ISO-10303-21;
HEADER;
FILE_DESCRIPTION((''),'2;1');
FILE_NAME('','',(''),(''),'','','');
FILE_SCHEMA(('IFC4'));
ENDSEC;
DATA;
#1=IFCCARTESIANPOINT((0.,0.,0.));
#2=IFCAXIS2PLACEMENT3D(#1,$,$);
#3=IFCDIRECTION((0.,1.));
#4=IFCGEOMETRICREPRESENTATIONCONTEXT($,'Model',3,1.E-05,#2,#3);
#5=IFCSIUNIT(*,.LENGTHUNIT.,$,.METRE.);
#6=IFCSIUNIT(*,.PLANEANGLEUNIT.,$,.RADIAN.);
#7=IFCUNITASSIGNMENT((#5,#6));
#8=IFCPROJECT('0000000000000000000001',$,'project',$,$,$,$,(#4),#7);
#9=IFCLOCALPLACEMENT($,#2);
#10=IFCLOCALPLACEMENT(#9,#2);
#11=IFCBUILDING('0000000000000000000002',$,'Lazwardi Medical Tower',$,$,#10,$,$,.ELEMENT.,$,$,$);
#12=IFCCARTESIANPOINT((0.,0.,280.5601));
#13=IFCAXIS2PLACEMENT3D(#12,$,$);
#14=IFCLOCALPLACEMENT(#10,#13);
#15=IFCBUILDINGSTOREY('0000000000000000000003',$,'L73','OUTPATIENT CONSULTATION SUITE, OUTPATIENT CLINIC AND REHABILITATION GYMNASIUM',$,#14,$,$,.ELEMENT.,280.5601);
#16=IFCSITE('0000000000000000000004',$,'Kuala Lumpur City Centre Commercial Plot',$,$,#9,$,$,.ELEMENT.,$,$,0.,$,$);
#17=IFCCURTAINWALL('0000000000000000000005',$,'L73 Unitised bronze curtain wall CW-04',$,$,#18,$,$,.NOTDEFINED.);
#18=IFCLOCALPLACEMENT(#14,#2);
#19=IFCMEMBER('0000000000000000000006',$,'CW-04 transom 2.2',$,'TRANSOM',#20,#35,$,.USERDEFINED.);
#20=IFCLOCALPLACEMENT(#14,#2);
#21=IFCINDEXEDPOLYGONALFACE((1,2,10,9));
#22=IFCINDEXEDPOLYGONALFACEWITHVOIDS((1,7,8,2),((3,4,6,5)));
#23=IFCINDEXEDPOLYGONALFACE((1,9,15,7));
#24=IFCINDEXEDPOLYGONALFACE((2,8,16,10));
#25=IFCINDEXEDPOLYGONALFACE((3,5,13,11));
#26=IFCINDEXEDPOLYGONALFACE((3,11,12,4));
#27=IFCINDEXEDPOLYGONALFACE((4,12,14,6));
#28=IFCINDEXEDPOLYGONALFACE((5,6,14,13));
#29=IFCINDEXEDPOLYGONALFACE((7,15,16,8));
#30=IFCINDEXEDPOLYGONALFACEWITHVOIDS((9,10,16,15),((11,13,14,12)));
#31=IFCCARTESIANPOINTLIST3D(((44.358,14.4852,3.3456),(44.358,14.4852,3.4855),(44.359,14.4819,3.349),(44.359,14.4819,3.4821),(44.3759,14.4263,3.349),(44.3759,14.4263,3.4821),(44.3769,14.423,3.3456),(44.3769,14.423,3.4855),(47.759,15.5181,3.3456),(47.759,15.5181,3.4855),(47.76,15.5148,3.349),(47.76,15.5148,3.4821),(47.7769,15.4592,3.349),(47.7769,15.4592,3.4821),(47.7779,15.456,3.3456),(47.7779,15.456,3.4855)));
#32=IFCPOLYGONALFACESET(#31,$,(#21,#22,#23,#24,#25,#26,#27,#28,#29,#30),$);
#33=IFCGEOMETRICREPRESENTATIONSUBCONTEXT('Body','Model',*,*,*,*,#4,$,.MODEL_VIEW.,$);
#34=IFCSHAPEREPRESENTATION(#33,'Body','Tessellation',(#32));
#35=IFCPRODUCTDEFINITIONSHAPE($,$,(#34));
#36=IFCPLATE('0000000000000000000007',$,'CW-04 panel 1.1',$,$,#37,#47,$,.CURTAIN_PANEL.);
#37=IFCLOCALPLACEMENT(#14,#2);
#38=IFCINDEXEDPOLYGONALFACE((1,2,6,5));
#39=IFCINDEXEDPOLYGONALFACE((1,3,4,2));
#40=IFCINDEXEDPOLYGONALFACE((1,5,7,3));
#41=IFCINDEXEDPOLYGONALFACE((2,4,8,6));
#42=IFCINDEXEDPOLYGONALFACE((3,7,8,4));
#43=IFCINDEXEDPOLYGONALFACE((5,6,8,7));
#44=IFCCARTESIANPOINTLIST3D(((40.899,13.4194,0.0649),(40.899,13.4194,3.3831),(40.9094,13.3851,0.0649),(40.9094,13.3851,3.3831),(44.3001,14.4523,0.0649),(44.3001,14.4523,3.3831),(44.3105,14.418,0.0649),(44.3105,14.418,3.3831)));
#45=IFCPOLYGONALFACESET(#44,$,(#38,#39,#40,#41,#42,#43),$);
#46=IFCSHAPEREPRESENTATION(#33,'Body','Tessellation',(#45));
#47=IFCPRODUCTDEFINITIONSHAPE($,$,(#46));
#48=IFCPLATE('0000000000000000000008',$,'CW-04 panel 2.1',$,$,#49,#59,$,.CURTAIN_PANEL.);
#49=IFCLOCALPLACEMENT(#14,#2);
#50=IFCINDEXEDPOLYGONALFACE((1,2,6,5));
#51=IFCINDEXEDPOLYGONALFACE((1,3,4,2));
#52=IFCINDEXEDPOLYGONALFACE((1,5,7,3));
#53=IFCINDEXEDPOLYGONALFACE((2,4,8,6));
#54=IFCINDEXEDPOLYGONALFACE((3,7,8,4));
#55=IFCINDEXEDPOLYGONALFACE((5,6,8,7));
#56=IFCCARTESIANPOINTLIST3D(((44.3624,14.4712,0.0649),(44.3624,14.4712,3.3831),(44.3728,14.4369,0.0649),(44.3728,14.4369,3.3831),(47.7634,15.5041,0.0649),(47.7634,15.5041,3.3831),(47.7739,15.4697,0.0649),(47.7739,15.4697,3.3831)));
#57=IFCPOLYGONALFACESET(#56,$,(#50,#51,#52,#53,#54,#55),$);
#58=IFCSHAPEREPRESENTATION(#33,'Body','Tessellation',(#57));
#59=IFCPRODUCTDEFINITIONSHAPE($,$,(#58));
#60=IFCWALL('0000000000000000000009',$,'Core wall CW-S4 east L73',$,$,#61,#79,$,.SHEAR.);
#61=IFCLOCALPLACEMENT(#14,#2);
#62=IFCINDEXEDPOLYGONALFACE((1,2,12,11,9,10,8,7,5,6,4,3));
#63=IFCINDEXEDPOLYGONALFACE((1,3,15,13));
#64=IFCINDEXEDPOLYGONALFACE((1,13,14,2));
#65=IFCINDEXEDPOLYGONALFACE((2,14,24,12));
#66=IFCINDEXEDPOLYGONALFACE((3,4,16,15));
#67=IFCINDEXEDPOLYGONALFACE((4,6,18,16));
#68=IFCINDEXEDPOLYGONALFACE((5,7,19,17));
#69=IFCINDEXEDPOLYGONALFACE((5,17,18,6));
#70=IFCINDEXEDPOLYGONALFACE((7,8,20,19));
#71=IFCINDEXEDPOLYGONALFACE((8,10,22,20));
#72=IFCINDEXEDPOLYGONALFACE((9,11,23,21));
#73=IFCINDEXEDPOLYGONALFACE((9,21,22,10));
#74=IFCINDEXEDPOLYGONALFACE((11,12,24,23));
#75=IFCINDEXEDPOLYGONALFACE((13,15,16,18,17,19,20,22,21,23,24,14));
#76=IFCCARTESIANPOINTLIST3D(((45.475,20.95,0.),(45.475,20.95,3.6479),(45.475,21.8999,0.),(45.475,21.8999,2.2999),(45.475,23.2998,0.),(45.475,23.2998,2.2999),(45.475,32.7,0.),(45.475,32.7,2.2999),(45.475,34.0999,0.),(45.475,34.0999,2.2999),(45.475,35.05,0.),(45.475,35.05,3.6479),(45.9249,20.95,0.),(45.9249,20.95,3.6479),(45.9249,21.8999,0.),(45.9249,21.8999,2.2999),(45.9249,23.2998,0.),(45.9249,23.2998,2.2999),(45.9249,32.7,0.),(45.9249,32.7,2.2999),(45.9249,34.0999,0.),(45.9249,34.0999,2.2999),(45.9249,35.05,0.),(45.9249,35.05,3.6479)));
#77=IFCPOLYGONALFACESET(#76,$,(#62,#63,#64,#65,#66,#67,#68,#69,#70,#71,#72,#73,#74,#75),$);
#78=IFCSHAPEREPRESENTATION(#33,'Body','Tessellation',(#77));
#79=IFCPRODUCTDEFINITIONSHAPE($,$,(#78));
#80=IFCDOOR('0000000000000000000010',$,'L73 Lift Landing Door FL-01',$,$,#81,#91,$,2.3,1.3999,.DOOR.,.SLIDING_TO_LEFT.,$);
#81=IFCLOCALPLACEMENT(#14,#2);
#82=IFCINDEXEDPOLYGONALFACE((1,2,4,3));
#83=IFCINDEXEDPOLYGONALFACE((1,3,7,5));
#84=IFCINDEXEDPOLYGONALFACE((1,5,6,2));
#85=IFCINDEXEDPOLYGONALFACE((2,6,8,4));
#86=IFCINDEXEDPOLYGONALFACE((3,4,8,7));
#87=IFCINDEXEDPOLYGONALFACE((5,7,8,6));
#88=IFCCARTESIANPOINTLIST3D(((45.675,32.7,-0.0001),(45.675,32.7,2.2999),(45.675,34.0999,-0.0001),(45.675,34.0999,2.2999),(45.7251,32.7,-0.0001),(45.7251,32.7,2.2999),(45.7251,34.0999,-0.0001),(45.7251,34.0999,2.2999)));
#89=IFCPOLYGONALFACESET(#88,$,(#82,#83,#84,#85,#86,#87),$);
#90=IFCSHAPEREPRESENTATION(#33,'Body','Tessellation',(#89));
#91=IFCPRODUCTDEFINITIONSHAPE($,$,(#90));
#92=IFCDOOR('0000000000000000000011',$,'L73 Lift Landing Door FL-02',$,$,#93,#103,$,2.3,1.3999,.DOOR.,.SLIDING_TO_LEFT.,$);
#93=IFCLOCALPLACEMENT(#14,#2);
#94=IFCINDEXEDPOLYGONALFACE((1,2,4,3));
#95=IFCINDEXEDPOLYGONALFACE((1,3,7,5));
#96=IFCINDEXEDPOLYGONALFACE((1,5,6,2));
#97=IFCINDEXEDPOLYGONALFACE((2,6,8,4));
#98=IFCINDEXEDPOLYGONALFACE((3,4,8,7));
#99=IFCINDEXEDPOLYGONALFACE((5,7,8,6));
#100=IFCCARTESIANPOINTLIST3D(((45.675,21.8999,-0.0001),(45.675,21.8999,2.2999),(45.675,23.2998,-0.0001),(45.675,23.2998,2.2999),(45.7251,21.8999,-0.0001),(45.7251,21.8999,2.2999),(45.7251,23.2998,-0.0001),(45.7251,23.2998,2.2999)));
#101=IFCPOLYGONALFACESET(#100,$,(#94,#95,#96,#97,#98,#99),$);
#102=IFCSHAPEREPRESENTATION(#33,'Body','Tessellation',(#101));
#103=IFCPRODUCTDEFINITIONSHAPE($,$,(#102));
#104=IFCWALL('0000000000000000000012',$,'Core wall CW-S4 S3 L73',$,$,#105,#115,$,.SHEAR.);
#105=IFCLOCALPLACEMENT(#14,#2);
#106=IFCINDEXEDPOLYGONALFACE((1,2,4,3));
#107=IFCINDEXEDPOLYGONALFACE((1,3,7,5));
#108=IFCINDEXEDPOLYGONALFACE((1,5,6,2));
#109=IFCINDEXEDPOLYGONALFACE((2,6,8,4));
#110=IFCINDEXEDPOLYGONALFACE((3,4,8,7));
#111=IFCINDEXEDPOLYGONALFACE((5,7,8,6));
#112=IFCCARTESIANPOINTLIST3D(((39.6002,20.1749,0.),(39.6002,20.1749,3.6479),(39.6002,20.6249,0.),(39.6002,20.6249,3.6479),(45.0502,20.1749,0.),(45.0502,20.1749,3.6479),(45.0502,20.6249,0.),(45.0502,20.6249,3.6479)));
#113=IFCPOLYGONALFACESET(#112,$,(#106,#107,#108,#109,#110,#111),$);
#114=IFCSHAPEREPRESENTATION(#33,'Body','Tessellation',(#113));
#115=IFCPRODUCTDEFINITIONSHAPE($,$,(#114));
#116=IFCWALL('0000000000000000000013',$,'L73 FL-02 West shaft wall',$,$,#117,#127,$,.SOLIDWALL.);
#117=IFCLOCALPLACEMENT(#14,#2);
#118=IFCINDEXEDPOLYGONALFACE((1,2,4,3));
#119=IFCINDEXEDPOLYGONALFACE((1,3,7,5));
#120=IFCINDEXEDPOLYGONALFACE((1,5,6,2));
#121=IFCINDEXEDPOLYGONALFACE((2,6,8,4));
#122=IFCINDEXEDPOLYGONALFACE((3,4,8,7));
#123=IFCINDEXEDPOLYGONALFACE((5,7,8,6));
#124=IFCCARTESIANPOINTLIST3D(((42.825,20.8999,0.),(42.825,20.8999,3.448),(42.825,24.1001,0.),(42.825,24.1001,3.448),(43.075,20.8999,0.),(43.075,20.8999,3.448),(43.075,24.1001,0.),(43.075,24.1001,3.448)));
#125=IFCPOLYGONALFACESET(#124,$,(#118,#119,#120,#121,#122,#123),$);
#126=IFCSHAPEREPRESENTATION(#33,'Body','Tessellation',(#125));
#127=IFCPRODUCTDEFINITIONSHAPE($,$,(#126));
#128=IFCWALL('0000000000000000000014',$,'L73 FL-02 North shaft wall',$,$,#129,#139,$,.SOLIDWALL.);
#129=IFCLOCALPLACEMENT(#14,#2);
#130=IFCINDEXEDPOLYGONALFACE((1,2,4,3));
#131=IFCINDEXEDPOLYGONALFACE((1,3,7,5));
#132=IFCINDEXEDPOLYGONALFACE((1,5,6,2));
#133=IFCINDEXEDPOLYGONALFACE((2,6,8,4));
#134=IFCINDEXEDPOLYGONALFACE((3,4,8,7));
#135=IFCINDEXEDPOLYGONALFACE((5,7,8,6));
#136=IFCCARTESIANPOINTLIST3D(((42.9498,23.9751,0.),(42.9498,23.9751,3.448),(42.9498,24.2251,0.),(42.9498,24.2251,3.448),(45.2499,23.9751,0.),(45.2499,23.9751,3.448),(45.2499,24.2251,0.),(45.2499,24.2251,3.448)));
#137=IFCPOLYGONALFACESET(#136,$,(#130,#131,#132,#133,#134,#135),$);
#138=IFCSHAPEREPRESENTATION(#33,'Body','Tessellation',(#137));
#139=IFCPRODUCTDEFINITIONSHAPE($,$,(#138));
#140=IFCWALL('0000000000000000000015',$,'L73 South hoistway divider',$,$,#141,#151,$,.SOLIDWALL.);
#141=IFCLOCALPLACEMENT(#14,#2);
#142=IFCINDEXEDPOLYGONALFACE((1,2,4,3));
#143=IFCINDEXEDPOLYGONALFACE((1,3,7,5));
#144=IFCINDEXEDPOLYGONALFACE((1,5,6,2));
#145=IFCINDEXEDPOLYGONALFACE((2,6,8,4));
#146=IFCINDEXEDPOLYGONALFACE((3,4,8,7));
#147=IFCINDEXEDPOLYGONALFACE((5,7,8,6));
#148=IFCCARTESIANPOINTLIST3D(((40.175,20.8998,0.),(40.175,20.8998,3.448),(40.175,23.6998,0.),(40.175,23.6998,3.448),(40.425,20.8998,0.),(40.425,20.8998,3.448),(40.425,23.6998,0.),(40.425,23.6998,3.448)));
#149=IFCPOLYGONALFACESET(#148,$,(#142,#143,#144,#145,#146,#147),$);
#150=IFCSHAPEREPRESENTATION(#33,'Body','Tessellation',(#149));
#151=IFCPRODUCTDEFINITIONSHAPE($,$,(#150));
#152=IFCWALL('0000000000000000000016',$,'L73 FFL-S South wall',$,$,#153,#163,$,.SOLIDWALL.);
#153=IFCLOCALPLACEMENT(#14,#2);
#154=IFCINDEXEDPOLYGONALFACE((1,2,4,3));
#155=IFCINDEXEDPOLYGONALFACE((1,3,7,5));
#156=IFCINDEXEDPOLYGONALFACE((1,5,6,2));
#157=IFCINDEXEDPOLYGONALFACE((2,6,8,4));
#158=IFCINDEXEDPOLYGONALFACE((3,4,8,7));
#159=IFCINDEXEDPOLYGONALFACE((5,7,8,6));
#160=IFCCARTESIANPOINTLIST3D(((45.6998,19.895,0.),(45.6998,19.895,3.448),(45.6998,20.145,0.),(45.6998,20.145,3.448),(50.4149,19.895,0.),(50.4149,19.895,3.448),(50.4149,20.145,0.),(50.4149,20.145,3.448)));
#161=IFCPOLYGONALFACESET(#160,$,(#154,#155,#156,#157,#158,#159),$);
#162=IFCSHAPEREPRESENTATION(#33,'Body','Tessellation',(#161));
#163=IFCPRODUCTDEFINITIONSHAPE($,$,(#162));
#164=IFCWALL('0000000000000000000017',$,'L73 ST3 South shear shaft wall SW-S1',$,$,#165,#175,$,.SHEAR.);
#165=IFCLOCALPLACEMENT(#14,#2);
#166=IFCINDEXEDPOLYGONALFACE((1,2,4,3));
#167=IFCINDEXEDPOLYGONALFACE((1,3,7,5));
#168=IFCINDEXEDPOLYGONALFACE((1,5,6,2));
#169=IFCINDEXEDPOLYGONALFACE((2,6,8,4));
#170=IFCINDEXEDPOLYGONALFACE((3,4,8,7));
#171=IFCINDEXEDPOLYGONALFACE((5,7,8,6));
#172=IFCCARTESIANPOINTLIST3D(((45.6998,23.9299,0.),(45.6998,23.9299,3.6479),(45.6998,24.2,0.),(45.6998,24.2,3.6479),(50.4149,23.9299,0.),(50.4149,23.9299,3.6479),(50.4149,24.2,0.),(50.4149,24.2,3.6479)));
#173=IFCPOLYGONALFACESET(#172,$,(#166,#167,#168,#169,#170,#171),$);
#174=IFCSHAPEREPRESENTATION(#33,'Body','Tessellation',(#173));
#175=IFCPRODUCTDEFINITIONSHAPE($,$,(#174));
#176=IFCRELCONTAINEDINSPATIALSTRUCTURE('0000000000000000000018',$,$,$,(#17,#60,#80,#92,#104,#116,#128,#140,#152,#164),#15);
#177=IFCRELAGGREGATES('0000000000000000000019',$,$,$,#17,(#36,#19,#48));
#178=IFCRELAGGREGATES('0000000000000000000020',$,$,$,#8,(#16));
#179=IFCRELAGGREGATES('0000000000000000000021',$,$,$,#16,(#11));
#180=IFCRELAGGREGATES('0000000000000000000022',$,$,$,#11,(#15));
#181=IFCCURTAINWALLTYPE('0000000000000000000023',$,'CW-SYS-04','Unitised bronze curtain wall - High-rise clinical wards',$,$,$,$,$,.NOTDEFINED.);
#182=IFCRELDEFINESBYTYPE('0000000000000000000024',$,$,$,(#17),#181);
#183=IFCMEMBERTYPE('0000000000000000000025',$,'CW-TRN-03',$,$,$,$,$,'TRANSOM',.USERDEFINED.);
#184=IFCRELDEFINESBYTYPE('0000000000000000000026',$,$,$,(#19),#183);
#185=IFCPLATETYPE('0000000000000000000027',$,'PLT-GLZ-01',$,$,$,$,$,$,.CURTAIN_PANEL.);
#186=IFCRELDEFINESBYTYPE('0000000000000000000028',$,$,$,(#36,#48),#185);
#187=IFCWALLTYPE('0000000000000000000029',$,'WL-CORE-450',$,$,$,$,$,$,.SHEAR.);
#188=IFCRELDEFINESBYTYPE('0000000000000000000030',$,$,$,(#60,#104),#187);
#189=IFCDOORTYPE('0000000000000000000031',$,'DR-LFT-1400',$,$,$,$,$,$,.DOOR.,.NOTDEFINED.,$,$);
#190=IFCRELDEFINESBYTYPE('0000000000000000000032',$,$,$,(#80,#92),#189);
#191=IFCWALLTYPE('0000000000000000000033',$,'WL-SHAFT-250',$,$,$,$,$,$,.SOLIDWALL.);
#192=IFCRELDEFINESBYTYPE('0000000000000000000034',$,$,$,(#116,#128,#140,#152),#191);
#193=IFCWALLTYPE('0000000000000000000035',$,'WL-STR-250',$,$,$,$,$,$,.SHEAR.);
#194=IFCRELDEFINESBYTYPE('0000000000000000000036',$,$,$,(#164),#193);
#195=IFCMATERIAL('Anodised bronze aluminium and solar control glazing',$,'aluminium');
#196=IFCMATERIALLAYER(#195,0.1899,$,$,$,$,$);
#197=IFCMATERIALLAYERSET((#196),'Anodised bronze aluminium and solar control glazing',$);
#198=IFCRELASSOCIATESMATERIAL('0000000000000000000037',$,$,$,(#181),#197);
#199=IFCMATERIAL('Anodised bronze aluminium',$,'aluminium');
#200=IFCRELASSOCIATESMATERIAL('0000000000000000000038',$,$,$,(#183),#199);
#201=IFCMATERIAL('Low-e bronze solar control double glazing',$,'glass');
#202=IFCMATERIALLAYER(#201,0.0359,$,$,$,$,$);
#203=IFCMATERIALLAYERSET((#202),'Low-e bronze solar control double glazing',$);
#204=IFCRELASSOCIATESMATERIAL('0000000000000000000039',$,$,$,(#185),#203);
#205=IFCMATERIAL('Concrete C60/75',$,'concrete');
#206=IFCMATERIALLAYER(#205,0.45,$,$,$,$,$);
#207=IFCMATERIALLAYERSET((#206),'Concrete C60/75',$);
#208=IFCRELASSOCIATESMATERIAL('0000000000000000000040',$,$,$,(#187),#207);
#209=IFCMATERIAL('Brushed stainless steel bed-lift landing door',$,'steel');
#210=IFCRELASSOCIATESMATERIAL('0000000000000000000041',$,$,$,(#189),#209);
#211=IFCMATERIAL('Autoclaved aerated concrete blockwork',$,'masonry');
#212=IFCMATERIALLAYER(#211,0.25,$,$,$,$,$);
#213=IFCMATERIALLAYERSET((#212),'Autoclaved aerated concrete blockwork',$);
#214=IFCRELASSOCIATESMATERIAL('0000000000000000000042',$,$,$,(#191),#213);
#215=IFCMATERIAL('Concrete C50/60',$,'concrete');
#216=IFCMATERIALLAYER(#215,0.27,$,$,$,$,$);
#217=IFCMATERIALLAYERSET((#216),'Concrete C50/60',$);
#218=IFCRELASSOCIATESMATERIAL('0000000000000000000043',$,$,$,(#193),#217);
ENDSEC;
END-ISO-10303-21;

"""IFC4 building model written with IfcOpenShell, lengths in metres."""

from ifc_helpers import new_model, si_unit, direction, frame, frame_2d, origin, origin_2d, place, context, subcontext, project, spatial, rectangle, hollow_rectangle, extrude, material, layer, layer_set, material_profile, profile_set, type_object, element, fill, aggregate, save


model = new_model("IFC4")

# Units and contexts
model_context = context("Model", 3, precision=1e-05, world=origin(), true_north=direction((0.0, 1.0)))
body_context = subcontext(model_context, "Body", "Model", "MODEL_VIEW")
ifc_project = project(units=[si_unit("LENGTHUNIT", "METRE"), si_unit("PLANEANGLEUNIT", "RADIAN")], contexts=[model_context])

# Site, building, storey
site_placement = place(None, origin())
site = spatial("IfcSite", under=ifc_project, at=site_placement, Name="Kuala Lumpur City Centre Commercial Plot", CompositionType="ELEMENT", RefElevation=0.0)
building_placement = place(site_placement, origin())
building = spatial("IfcBuilding", under=site, at=building_placement, Name="Lazwardi Medical Tower", CompositionType="ELEMENT")
storey_placement = place(building_placement, frame((0.0, 0.0, 280.5601)))
storey = spatial("IfcBuildingStorey", under=building, at=storey_placement, Name="L73", Description="OUTPATIENT CONSULTATION SUITE, OUTPATIENT CLINIC AND REHABILITATION GYMNASIUM", CompositionType="ELEMENT", Elevation=280.5601)

# Shared definitions
ifc_material_1 = material(Name="Concrete C60/75", Category="concrete")

# Curtain wall, member, plates
ifc_material_2 = material(Name="Anodised bronze aluminium and solar control glazing", Category="aluminium")
ifc_layer_1 = layer(ifc_material_2, 0.1899)
ifc_layer_set_1 = layer_set([ifc_layer_1], Name="Anodised bronze aluminium and solar control glazing")
curtain_wall_type = type_object("IfcCurtainWallType", Name="CW-SYS-04", Description="Unitised bronze curtain wall - High-rise clinical wards", PredefinedType="NOTDEFINED", material=ifc_layer_set_1)
curtain_wall_placement = place(storey_placement, origin())
curtain_wall = element("IfcCurtainWall", 1, at=curtain_wall_placement, inside=storey, type_object=curtain_wall_type, Name="L73 Unitised bronze curtain wall CW-04", PredefinedType="NOTDEFINED")
ifc_material_3 = material(Name="Anodised bronze aluminium", Category="aluminium")
ifc_material_profile_1 = material_profile(ifc_material_3, hollow_rectangle(XDim=0.0649, YDim=0.1399, WallThickness=0.0034, at=origin_2d()), Name="ALU-TRANSOM 140x65x3.5")
ifc_profile_set_1 = profile_set([ifc_material_profile_1], Name="Anodised bronze aluminium")
member_type_1 = type_object("IfcMemberType", Name="CW-TRN-03", ElementType="TRANSOM", PredefinedType="USERDEFINED", material=ifc_profile_set_1)
member_1_placement = place(storey_placement, frame((44.3674, 14.4541, 3.4155), z_axis=(0.956843, 0.290604, 0.0), x_axis=(-0.290604, 0.956843, 0.0)))
member_1 = element("IfcMember", 2, at=member_1_placement, type_object=member_type_1, Name="CW-04 transom 2.2", ObjectType="TRANSOM", PredefinedType="USERDEFINED", context=body_context, shape_type="SweptSolid", body=[
    extrude(hollow_rectangle(XDim=0.0649, YDim=0.1399, WallThickness=0.0034, at=origin_2d()), origin(), (0.0, 0.0, 1.0), 3.5544),
])
ifc_material_4 = material(Name="Low-e bronze solar control double glazing", Category="glass")
ifc_layer_2 = layer(ifc_material_4, 0.0359)
ifc_layer_set_2 = layer_set([ifc_layer_2], Name="Low-e bronze solar control double glazing")
plate_type = type_object("IfcPlateType", Name="PLT-GLZ-01", PredefinedType="CURTAIN_PANEL", material=ifc_layer_set_2)
plate_1_placement = place(storey_placement, frame((42.6047, 13.9187, 0.0649), z_axis=(0.0, 0.0, 1.0), x_axis=(0.95685, 0.290582, 0.0)))
plate_1 = element("IfcPlate", 3, at=plate_1_placement, type_object=plate_type, Name="CW-04 panel 1.1", PredefinedType="CURTAIN_PANEL", context=body_context, shape_type="SweptSolid", body=[
    extrude(rectangle(XDim=3.5544, YDim=0.0359, at=origin_2d()), origin(), (0.0, 0.0, 1.0), 3.3181),
])
plate_2_placement = place(storey_placement, frame((46.0681, 14.9705, 0.0649), z_axis=(0.0, 0.0, 1.0), x_axis=(0.95685, 0.290582, 0.0)))
plate_2 = element("IfcPlate", 4, at=plate_2_placement, type_object=plate_type, Name="CW-04 panel 2.1", PredefinedType="CURTAIN_PANEL", context=body_context, shape_type="SweptSolid", body=[
    extrude(rectangle(XDim=3.5544, YDim=0.0359, at=origin_2d()), origin(), (0.0, 0.0, 1.0), 3.3181),
])
aggregate(curtain_wall, [plate_1, member_1, plate_2])

# Wall, openings, doors
ifc_layer_3 = layer(ifc_material_1, 0.45)
ifc_layer_set_3 = layer_set([ifc_layer_3], Name="Concrete C60/75")
wall_type_1 = type_object("IfcWallType", Name="WL-CORE-450", PredefinedType="SHEAR", material=ifc_layer_set_3)
wall_1_placement = place(storey_placement, frame((45.7, 20.95, 0.0), z_axis=(0.0, 0.0, 1.0), x_axis=(0.0, 1.0, 0.0)))
wall_1 = element("IfcWall", 5, at=wall_1_placement, inside=storey, type_object=wall_type_1, Name="Core wall CW-S4 east L73", PredefinedType="SHEAR", context=body_context, shape_type="SweptSolid", body=[
    extrude(rectangle(XDim=14.1001, YDim=0.45, at=frame_2d((7.05, 0.0))), origin(), (0.0, 0.0, 1.0), 3.6479),
])
opening_1_placement = place(wall_1_placement, frame((11.75, 0.0, 0.0)))
opening_1 = element("IfcOpeningElement", 6, at=opening_1_placement, cuts=wall_1, PredefinedType="OPENING", context=body_context, shape_type="SweptSolid", body=[
    extrude(rectangle(XDim=1.3999, YDim=2.3, at=frame_2d((0.7, 1.1499))), frame((0.0, 0.2349, 0.0), z_axis=(0.0, -1.0, 0.0), x_axis=(1.0, 0.0, 0.0)), (0.0, 0.0, 1.0), 0.47),
])
opening_2_placement = place(wall_1_placement, frame((0.95, 0.0, 0.0)))
opening_2 = element("IfcOpeningElement", 7, at=opening_2_placement, cuts=wall_1, PredefinedType="OPENING", context=body_context, shape_type="SweptSolid", body=[
    extrude(rectangle(XDim=1.3999, YDim=2.3, at=frame_2d((0.7, 1.1499))), frame((0.0, 0.2349, 0.0), z_axis=(0.0, -1.0, 0.0), x_axis=(1.0, 0.0, 0.0)), (0.0, 0.0, 1.0), 0.47),
])
ifc_material_5 = material(Name="Brushed stainless steel bed-lift landing door", Category="steel")
door_type = type_object("IfcDoorType", Name="DR-LFT-1400", OperationType="NOTDEFINED", PredefinedType="DOOR", material=ifc_material_5)
door_1_placement = place(opening_1_placement, origin())
door_1 = element("IfcDoor", 8, at=door_1_placement, inside=storey, type_object=door_type, Name="L73 Lift Landing Door FL-01", OperationType="SLIDING_TO_LEFT", OverallHeight=2.3, OverallWidth=1.3999, PredefinedType="DOOR", context=body_context, shape_type="SweptSolid", body=[
    extrude(rectangle(XDim=1.3999, YDim=2.3, at=frame_2d((0.7, 1.1499))), frame((0.0, 0.0249, 0.0), z_axis=(0.0, -1.0, 0.0), x_axis=(1.0, 0.0, 0.0)), (0.0, 0.0, 1.0), 0.05),
])
fill(opening_1, door_1)
door_2_placement = place(opening_2_placement, origin())
door_2 = element("IfcDoor", 9, at=door_2_placement, inside=storey, type_object=door_type, Name="L73 Lift Landing Door FL-02", OperationType="SLIDING_TO_LEFT", OverallHeight=2.3, OverallWidth=1.3999, PredefinedType="DOOR", context=body_context, shape_type="SweptSolid", body=[
    extrude(rectangle(XDim=1.3999, YDim=2.3, at=frame_2d((0.7, 1.1499))), frame((0.0, 0.0249, 0.0), z_axis=(0.0, -1.0, 0.0), x_axis=(1.0, 0.0, 0.0)), (0.0, 0.0, 1.0), 0.05),
])
fill(opening_2, door_2)

# Walls
wall_2_placement = place(storey_placement, frame((39.6001, 20.3999, 0.0), z_axis=(0.0, 0.0, 1.0), x_axis=(1.0, 0.0, 0.0)))
element("IfcWall", 10, at=wall_2_placement, inside=storey, type_object=wall_type_1, Name="Core wall CW-S4 S3 L73", PredefinedType="SHEAR", context=body_context, shape_type="SweptSolid", body=[
    extrude(rectangle(XDim=5.45, YDim=0.45, at=frame_2d((2.7251, 0.0))), origin(), (0.0, 0.0, 1.0), 3.6479),
])
ifc_material_6 = material(Name="Autoclaved aerated concrete blockwork", Category="masonry")
ifc_layer_4 = layer(ifc_material_6, 0.25)
ifc_layer_set_4 = layer_set([ifc_layer_4], Name="Autoclaved aerated concrete blockwork")
wall_type_2 = type_object("IfcWallType", Name="WL-SHAFT-250", PredefinedType="SOLIDWALL", material=ifc_layer_set_4)
wall_3_placement = place(storey_placement, frame((42.95, 20.8999, 0.0), z_axis=(0.0, 0.0, 1.0), x_axis=(0.0, 1.0, 0.0)))
element("IfcWall", 11, at=wall_3_placement, inside=storey, type_object=wall_type_2, Name="L73 FL-02 West shaft wall", PredefinedType="SOLIDWALL", context=body_context, shape_type="SweptSolid", body=[
    extrude(rectangle(XDim=3.2002, YDim=0.25, at=frame_2d((1.6001, 0.0))), origin(), (0.0, 0.0, 1.0), 3.448),
])
wall_4_placement = place(storey_placement, frame((42.95, 24.1001, 0.0), z_axis=(0.0, 0.0, 1.0), x_axis=(1.0, 0.0, 0.0)))
element("IfcWall", 12, at=wall_4_placement, inside=storey, type_object=wall_type_2, Name="L73 FL-02 North shaft wall", PredefinedType="SOLIDWALL", context=body_context, shape_type="SweptSolid", body=[
    extrude(rectangle(XDim=2.3, YDim=0.25, at=frame_2d((1.1499, 0.0))), origin(), (0.0, 0.0, 1.0), 3.448),
])
wall_5_placement = place(storey_placement, frame((40.3, 20.8999, 0.0), z_axis=(0.0, 0.0, 1.0), x_axis=(0.0, 1.0, 0.0)))
element("IfcWall", 13, at=wall_5_placement, inside=storey, type_object=wall_type_2, Name="L73 South hoistway divider", PredefinedType="SOLIDWALL", context=body_context, shape_type="SweptSolid", body=[
    extrude(rectangle(XDim=2.8, YDim=0.25, at=frame_2d((1.3999, 0.0))), origin(), (0.0, 0.0, 1.0), 3.448),
])
wall_6_placement = place(storey_placement, frame((45.7, 20.02, 0.0), z_axis=(0.0, 0.0, 1.0), x_axis=(1.0, 0.0, 0.0)))
element("IfcWall", 14, at=wall_6_placement, inside=storey, type_object=wall_type_2, Name="L73 FFL-S South wall", PredefinedType="SOLIDWALL", context=body_context, shape_type="SweptSolid", body=[
    extrude(rectangle(XDim=4.7151, YDim=0.25, at=frame_2d((2.3574, 0.0))), origin(), (0.0, 0.0, 1.0), 3.448),
])
ifc_material_7 = material(Name="Concrete C50/60", Category="concrete")
ifc_layer_5 = layer(ifc_material_7, 0.27)
ifc_layer_set_5 = layer_set([ifc_layer_5], Name="Concrete C50/60")
wall_type_3 = type_object("IfcWallType", Name="WL-STR-250", PredefinedType="SHEAR", material=ifc_layer_set_5)
wall_7_placement = place(storey_placement, frame((45.7, 24.0649, 0.0), z_axis=(0.0, 0.0, 1.0), x_axis=(1.0, 0.0, 0.0)))
element("IfcWall", 15, at=wall_7_placement, inside=storey, type_object=wall_type_3, Name="L73 ST3 South shear shaft wall SW-S1", PredefinedType="SHEAR", context=body_context, shape_type="SweptSolid", body=[
    extrude(rectangle(XDim=4.7151, YDim=0.27, at=frame_2d((2.3574, 0.0))), origin(), (0.0, 0.0, 1.0), 3.6479),
])

save(model, "model.ifc")
